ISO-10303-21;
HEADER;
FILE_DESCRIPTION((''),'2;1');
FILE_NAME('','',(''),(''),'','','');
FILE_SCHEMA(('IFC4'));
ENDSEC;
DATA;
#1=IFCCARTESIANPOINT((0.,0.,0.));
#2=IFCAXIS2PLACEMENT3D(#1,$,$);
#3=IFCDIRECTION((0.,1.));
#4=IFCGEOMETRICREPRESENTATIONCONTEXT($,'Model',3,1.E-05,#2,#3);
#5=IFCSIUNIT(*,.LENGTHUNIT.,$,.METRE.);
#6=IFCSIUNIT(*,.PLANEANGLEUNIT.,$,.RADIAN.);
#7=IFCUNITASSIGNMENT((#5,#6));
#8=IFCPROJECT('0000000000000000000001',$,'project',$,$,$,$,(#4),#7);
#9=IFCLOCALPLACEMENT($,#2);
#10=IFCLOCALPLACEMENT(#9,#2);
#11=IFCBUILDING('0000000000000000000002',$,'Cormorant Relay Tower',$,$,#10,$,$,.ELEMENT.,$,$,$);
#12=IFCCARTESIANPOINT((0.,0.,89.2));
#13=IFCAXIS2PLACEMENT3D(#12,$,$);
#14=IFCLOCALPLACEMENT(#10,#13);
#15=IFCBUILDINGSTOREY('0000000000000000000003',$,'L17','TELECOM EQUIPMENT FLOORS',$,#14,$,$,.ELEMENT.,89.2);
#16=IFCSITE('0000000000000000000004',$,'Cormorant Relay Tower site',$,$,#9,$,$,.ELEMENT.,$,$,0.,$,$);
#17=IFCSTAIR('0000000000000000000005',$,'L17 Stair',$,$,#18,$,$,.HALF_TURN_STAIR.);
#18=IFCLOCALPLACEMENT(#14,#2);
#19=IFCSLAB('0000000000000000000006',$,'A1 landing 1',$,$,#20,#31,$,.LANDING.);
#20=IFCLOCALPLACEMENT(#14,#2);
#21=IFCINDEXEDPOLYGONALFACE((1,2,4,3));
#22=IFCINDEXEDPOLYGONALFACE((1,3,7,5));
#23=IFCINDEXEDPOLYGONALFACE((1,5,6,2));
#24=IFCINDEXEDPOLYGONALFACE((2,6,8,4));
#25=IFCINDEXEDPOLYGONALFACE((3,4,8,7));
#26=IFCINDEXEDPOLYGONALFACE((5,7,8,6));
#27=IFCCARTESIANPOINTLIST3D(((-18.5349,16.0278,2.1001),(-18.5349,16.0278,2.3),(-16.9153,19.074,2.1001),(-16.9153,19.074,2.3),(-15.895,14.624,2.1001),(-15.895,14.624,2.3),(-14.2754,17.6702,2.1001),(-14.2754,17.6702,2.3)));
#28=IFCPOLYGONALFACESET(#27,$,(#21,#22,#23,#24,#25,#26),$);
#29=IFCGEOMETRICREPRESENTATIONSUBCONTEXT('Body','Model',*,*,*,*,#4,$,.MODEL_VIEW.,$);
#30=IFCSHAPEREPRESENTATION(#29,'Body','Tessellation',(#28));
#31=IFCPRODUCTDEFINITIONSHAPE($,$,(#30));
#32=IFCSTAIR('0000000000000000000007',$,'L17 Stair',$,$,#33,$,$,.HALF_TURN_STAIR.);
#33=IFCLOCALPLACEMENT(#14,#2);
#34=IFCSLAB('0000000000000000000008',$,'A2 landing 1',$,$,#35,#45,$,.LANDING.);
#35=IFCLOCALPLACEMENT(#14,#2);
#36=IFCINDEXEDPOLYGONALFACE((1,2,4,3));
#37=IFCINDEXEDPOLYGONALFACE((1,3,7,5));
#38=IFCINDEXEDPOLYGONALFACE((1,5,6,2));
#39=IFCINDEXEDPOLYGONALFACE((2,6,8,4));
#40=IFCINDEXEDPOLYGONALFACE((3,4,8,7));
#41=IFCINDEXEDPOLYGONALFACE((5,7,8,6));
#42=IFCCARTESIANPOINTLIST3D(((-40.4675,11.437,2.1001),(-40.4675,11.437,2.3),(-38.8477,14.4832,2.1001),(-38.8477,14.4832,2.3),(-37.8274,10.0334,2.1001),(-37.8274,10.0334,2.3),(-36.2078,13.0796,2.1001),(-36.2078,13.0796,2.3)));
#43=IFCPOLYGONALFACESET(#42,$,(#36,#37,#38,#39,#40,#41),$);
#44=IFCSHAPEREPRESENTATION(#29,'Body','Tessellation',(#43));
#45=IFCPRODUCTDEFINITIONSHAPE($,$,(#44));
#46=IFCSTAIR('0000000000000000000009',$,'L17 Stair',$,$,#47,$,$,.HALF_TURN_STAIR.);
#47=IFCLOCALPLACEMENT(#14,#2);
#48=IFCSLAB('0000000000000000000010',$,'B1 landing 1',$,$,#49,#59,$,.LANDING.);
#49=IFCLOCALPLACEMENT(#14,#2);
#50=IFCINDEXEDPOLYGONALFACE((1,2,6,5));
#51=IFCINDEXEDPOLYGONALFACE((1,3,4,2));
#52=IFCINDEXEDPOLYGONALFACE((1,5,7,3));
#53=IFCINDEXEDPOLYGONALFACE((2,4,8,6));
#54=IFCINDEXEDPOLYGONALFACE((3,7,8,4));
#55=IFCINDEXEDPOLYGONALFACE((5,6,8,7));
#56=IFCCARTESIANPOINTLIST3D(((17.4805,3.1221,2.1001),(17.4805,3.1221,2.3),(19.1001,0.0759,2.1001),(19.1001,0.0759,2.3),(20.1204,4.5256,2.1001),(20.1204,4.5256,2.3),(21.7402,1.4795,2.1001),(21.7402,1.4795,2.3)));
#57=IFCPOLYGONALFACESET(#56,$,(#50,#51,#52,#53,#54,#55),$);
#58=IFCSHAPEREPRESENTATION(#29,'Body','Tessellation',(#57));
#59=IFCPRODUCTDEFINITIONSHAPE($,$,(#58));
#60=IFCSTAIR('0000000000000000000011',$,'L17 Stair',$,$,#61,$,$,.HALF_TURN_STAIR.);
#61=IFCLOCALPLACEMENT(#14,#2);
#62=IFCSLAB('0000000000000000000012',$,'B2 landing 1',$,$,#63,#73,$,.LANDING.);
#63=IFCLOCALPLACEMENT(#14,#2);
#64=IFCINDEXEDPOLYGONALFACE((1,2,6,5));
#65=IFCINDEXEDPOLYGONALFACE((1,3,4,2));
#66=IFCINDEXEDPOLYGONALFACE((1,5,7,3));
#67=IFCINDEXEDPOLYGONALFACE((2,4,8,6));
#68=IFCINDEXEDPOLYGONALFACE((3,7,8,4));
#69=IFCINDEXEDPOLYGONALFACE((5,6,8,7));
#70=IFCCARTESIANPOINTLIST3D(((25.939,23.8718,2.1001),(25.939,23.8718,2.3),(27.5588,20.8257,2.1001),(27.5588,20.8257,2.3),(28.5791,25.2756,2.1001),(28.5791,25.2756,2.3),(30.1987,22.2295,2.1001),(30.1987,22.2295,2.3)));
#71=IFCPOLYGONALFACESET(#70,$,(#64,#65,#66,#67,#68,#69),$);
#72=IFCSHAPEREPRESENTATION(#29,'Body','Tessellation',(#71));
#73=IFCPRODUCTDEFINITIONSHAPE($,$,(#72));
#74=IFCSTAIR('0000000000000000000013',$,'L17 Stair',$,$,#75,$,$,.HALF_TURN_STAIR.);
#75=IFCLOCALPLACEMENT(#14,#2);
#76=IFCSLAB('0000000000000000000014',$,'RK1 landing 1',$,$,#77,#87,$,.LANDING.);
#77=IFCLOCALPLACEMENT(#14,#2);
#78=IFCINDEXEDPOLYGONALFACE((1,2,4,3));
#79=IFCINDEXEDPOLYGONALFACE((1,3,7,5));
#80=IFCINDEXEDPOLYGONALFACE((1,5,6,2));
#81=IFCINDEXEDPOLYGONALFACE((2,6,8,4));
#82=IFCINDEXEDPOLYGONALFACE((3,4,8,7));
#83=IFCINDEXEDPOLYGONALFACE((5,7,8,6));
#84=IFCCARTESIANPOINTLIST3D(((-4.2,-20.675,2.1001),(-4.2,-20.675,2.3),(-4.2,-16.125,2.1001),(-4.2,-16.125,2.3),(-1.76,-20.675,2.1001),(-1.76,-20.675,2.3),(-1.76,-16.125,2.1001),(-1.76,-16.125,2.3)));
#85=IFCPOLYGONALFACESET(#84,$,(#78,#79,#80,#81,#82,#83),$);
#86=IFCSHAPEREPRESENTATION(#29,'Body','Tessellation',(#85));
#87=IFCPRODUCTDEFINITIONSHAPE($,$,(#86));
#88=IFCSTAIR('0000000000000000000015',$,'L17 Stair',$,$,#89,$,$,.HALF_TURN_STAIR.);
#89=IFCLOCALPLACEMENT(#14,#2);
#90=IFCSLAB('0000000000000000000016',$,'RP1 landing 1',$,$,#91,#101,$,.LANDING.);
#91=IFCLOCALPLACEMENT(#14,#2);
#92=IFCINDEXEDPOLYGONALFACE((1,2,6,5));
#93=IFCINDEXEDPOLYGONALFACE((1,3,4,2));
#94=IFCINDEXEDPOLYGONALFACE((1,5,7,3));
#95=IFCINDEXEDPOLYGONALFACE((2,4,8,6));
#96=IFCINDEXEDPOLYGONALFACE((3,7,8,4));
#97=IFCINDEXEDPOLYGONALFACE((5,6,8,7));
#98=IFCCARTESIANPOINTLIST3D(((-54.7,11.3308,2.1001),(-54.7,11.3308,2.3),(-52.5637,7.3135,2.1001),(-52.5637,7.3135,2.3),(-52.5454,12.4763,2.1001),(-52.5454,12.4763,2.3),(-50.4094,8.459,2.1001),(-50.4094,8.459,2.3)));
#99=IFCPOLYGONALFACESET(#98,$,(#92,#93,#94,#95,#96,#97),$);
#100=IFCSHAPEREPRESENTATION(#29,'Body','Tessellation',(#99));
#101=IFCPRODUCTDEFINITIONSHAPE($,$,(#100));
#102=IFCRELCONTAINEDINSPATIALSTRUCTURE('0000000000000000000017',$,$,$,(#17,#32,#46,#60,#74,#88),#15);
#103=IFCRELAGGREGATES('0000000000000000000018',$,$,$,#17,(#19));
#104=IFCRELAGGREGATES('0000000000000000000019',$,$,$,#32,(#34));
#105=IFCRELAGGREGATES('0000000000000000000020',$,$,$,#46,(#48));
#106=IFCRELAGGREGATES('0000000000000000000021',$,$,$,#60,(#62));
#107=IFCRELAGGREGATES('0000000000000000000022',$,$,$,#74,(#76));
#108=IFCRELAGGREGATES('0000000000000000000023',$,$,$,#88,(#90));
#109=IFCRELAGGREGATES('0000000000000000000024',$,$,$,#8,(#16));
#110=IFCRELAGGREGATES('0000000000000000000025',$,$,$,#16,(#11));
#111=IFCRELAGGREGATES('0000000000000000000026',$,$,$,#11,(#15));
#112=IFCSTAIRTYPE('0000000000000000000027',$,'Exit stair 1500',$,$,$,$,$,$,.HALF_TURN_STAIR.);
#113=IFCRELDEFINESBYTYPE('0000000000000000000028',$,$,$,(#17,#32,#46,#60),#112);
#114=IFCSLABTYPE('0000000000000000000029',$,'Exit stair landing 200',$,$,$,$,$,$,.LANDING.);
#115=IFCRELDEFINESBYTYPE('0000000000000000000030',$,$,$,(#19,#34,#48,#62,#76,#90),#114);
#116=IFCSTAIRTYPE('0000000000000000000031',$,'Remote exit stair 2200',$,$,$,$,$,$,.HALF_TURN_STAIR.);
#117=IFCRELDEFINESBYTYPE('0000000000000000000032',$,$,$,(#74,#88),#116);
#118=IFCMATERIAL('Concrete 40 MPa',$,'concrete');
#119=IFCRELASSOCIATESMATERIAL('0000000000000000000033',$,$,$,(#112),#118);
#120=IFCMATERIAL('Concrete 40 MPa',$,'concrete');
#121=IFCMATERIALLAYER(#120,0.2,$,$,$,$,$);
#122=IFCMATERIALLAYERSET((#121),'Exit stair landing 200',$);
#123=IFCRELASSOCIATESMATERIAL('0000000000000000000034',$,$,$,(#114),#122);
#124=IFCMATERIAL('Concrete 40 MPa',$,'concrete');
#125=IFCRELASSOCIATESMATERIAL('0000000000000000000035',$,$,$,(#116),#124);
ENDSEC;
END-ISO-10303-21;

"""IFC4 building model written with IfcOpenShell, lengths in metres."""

from ifc_helpers import new_model, si_unit, direction, frame, origin, place, context, subcontext, project, spatial, polyline, outline, extrude, material, layer, layer_set, type_object, element, aggregate, save


model = new_model("IFC4")

# Units and contexts
model_context = context("Model", 3, precision=1e-05, world=origin(), true_north=direction((0.0, 1.0)))
body_context = subcontext(model_context, "Body", "Model", "MODEL_VIEW")
ifc_project = project(units=[si_unit("LENGTHUNIT", "METRE"), si_unit("PLANEANGLEUNIT", "RADIAN")], contexts=[model_context])

# Site, building, storey
site_placement = place(None, origin())
site = spatial("IfcSite", under=ifc_project, at=site_placement, Name="Cormorant Relay Tower site", CompositionType="ELEMENT", RefElevation=0.0)
building_placement = place(site_placement, origin())
building = spatial("IfcBuilding", under=site, at=building_placement, Name="Cormorant Relay Tower", CompositionType="ELEMENT")
storey_placement = place(building_placement, frame((0.0, 0.0, 89.2)))
storey = spatial("IfcBuildingStorey", under=building, at=storey_placement, Name="L17", Description="TELECOM EQUIPMENT FLOORS", CompositionType="ELEMENT", Elevation=89.2)

# Stairs, slabs
ifc_material_1 = material(Name="Concrete 40 MPa", Category="concrete")
stair_type_1 = type_object("IfcStairType", Name="Exit stair 1500", PredefinedType="HALF_TURN_STAIR", material=ifc_material_1)
stair_1_placement = place(storey_placement, origin())
stair_1 = element("IfcStair", 1, at=stair_1_placement, inside=storey, type_object=stair_type_1, Name="L17 Stair", PredefinedType="HALF_TURN_STAIR")
ifc_material_2 = material(Name="Concrete 40 MPa", Category="concrete")
ifc_layer_1 = layer(ifc_material_2, 0.2)
ifc_layer_set_1 = layer_set([ifc_layer_1], Name="Exit stair landing 200")
slab_type_1 = type_object("IfcSlabType", Name="Exit stair landing 200", PredefinedType="LANDING", material=ifc_layer_set_1)
slab_1_placement = place(storey_placement, frame((0.0, 0.0, 2.1001)))
slab_1 = element("IfcSlab", 2, at=slab_1_placement, type_object=slab_type_1, Name="A1 landing 1", PredefinedType="LANDING", context=body_context, shape_type="SweptSolid", body=[
    extrude(outline(polyline([(-18.5349, 16.0278), (-15.895, 14.624), (-14.2754, 17.6702), (-16.9153, 19.074), (-18.5349, 16.0278)])), origin(), (0.0, 0.0, 1.0), 0.2),
])
aggregate(stair_1, [slab_1])
stair_2_placement = place(storey_placement, origin())
stair_2 = element("IfcStair", 3, at=stair_2_placement, inside=storey, type_object=stair_type_1, Name="L17 Stair", PredefinedType="HALF_TURN_STAIR")
slab_2_placement = place(storey_placement, frame((0.0, 0.0, 2.1001)))
slab_2 = element("IfcSlab", 4, at=slab_2_placement, type_object=slab_type_1, Name="A2 landing 1", PredefinedType="LANDING", context=body_context, shape_type="SweptSolid", body=[
    extrude(outline(polyline([(-36.2078, 13.0796), (-38.8477, 14.4832), (-40.4675, 11.437), (-37.8274, 10.0334), (-36.2078, 13.0796)])), origin(), (0.0, 0.0, 1.0), 0.2),
])
aggregate(stair_2, [slab_2])
stair_3_placement = place(storey_placement, origin())
stair_3 = element("IfcStair", 5, at=stair_3_placement, inside=storey, type_object=stair_type_1, Name="L17 Stair", PredefinedType="HALF_TURN_STAIR")
slab_3_placement = place(storey_placement, frame((0.0, 0.0, 2.1001)))
slab_3 = element("IfcSlab", 6, at=slab_3_placement, type_object=slab_type_1, Name="B1 landing 1", PredefinedType="LANDING", context=body_context, shape_type="SweptSolid", body=[
    extrude(outline(polyline([(20.1204, 4.5256), (17.4805, 3.1221), (19.1001, 0.0759), (21.7402, 1.4795), (20.1204, 4.5256)])), origin(), (0.0, 0.0, 1.0), 0.2),
])
aggregate(stair_3, [slab_3])
stair_4_placement = place(storey_placement, origin())
stair_4 = element("IfcStair", 7, at=stair_4_placement, inside=storey, type_object=stair_type_1, Name="L17 Stair", PredefinedType="HALF_TURN_STAIR")
slab_4_placement = place(storey_placement, frame((0.0, 0.0, 2.1001)))
slab_4 = element("IfcSlab", 8, at=slab_4_placement, type_object=slab_type_1, Name="B2 landing 1", PredefinedType="LANDING", context=body_context, shape_type="SweptSolid", body=[
    extrude(outline(polyline([(27.5588, 20.8257), (30.1987, 22.2295), (28.5791, 25.2756), (25.939, 23.8718), (27.5588, 20.8257)])), origin(), (0.0, 0.0, 1.0), 0.2),
])
aggregate(stair_4, [slab_4])
ifc_material_3 = material(Name="Concrete 40 MPa", Category="concrete")
stair_type_2 = type_object("IfcStairType", Name="Remote exit stair 2200", PredefinedType="HALF_TURN_STAIR", material=ifc_material_3)
stair_5_placement = place(storey_placement, origin())
stair_5 = element("IfcStair", 9, at=stair_5_placement, inside=storey, type_object=stair_type_2, Name="L17 Stair", PredefinedType="HALF_TURN_STAIR")
slab_5_placement = place(storey_placement, frame((0.0, 0.0, 2.1001)))
slab_5 = element("IfcSlab", 10, at=slab_5_placement, type_object=slab_type_1, Name="RK1 landing 1", PredefinedType="LANDING", context=body_context, shape_type="SweptSolid", body=[
    extrude(outline(polyline([(-1.76, -16.125), (-4.2, -16.125), (-4.2, -20.675), (-1.76, -20.675), (-1.76, -16.125)])), origin(), (0.0, 0.0, 1.0), 0.2),
])
aggregate(stair_5, [slab_5])
stair_6_placement = place(storey_placement, origin())
stair_6 = element("IfcStair", 11, at=stair_6_placement, inside=storey, type_object=stair_type_2, Name="L17 Stair", PredefinedType="HALF_TURN_STAIR")
slab_6_placement = place(storey_placement, frame((0.0, 0.0, 2.1001)))
slab_6 = element("IfcSlab", 12, at=slab_6_placement, type_object=slab_type_1, Name="RP1 landing 1", PredefinedType="LANDING", context=body_context, shape_type="SweptSolid", body=[
    extrude(outline(polyline([(-52.5454, 12.4763), (-54.7, 11.3308), (-52.5637, 7.3135), (-50.4094, 8.459), (-52.5454, 12.4763)])), origin(), (0.0, 0.0, 1.0), 0.2),
])
aggregate(stair_6, [slab_6])

save(model, "model.ifc")
